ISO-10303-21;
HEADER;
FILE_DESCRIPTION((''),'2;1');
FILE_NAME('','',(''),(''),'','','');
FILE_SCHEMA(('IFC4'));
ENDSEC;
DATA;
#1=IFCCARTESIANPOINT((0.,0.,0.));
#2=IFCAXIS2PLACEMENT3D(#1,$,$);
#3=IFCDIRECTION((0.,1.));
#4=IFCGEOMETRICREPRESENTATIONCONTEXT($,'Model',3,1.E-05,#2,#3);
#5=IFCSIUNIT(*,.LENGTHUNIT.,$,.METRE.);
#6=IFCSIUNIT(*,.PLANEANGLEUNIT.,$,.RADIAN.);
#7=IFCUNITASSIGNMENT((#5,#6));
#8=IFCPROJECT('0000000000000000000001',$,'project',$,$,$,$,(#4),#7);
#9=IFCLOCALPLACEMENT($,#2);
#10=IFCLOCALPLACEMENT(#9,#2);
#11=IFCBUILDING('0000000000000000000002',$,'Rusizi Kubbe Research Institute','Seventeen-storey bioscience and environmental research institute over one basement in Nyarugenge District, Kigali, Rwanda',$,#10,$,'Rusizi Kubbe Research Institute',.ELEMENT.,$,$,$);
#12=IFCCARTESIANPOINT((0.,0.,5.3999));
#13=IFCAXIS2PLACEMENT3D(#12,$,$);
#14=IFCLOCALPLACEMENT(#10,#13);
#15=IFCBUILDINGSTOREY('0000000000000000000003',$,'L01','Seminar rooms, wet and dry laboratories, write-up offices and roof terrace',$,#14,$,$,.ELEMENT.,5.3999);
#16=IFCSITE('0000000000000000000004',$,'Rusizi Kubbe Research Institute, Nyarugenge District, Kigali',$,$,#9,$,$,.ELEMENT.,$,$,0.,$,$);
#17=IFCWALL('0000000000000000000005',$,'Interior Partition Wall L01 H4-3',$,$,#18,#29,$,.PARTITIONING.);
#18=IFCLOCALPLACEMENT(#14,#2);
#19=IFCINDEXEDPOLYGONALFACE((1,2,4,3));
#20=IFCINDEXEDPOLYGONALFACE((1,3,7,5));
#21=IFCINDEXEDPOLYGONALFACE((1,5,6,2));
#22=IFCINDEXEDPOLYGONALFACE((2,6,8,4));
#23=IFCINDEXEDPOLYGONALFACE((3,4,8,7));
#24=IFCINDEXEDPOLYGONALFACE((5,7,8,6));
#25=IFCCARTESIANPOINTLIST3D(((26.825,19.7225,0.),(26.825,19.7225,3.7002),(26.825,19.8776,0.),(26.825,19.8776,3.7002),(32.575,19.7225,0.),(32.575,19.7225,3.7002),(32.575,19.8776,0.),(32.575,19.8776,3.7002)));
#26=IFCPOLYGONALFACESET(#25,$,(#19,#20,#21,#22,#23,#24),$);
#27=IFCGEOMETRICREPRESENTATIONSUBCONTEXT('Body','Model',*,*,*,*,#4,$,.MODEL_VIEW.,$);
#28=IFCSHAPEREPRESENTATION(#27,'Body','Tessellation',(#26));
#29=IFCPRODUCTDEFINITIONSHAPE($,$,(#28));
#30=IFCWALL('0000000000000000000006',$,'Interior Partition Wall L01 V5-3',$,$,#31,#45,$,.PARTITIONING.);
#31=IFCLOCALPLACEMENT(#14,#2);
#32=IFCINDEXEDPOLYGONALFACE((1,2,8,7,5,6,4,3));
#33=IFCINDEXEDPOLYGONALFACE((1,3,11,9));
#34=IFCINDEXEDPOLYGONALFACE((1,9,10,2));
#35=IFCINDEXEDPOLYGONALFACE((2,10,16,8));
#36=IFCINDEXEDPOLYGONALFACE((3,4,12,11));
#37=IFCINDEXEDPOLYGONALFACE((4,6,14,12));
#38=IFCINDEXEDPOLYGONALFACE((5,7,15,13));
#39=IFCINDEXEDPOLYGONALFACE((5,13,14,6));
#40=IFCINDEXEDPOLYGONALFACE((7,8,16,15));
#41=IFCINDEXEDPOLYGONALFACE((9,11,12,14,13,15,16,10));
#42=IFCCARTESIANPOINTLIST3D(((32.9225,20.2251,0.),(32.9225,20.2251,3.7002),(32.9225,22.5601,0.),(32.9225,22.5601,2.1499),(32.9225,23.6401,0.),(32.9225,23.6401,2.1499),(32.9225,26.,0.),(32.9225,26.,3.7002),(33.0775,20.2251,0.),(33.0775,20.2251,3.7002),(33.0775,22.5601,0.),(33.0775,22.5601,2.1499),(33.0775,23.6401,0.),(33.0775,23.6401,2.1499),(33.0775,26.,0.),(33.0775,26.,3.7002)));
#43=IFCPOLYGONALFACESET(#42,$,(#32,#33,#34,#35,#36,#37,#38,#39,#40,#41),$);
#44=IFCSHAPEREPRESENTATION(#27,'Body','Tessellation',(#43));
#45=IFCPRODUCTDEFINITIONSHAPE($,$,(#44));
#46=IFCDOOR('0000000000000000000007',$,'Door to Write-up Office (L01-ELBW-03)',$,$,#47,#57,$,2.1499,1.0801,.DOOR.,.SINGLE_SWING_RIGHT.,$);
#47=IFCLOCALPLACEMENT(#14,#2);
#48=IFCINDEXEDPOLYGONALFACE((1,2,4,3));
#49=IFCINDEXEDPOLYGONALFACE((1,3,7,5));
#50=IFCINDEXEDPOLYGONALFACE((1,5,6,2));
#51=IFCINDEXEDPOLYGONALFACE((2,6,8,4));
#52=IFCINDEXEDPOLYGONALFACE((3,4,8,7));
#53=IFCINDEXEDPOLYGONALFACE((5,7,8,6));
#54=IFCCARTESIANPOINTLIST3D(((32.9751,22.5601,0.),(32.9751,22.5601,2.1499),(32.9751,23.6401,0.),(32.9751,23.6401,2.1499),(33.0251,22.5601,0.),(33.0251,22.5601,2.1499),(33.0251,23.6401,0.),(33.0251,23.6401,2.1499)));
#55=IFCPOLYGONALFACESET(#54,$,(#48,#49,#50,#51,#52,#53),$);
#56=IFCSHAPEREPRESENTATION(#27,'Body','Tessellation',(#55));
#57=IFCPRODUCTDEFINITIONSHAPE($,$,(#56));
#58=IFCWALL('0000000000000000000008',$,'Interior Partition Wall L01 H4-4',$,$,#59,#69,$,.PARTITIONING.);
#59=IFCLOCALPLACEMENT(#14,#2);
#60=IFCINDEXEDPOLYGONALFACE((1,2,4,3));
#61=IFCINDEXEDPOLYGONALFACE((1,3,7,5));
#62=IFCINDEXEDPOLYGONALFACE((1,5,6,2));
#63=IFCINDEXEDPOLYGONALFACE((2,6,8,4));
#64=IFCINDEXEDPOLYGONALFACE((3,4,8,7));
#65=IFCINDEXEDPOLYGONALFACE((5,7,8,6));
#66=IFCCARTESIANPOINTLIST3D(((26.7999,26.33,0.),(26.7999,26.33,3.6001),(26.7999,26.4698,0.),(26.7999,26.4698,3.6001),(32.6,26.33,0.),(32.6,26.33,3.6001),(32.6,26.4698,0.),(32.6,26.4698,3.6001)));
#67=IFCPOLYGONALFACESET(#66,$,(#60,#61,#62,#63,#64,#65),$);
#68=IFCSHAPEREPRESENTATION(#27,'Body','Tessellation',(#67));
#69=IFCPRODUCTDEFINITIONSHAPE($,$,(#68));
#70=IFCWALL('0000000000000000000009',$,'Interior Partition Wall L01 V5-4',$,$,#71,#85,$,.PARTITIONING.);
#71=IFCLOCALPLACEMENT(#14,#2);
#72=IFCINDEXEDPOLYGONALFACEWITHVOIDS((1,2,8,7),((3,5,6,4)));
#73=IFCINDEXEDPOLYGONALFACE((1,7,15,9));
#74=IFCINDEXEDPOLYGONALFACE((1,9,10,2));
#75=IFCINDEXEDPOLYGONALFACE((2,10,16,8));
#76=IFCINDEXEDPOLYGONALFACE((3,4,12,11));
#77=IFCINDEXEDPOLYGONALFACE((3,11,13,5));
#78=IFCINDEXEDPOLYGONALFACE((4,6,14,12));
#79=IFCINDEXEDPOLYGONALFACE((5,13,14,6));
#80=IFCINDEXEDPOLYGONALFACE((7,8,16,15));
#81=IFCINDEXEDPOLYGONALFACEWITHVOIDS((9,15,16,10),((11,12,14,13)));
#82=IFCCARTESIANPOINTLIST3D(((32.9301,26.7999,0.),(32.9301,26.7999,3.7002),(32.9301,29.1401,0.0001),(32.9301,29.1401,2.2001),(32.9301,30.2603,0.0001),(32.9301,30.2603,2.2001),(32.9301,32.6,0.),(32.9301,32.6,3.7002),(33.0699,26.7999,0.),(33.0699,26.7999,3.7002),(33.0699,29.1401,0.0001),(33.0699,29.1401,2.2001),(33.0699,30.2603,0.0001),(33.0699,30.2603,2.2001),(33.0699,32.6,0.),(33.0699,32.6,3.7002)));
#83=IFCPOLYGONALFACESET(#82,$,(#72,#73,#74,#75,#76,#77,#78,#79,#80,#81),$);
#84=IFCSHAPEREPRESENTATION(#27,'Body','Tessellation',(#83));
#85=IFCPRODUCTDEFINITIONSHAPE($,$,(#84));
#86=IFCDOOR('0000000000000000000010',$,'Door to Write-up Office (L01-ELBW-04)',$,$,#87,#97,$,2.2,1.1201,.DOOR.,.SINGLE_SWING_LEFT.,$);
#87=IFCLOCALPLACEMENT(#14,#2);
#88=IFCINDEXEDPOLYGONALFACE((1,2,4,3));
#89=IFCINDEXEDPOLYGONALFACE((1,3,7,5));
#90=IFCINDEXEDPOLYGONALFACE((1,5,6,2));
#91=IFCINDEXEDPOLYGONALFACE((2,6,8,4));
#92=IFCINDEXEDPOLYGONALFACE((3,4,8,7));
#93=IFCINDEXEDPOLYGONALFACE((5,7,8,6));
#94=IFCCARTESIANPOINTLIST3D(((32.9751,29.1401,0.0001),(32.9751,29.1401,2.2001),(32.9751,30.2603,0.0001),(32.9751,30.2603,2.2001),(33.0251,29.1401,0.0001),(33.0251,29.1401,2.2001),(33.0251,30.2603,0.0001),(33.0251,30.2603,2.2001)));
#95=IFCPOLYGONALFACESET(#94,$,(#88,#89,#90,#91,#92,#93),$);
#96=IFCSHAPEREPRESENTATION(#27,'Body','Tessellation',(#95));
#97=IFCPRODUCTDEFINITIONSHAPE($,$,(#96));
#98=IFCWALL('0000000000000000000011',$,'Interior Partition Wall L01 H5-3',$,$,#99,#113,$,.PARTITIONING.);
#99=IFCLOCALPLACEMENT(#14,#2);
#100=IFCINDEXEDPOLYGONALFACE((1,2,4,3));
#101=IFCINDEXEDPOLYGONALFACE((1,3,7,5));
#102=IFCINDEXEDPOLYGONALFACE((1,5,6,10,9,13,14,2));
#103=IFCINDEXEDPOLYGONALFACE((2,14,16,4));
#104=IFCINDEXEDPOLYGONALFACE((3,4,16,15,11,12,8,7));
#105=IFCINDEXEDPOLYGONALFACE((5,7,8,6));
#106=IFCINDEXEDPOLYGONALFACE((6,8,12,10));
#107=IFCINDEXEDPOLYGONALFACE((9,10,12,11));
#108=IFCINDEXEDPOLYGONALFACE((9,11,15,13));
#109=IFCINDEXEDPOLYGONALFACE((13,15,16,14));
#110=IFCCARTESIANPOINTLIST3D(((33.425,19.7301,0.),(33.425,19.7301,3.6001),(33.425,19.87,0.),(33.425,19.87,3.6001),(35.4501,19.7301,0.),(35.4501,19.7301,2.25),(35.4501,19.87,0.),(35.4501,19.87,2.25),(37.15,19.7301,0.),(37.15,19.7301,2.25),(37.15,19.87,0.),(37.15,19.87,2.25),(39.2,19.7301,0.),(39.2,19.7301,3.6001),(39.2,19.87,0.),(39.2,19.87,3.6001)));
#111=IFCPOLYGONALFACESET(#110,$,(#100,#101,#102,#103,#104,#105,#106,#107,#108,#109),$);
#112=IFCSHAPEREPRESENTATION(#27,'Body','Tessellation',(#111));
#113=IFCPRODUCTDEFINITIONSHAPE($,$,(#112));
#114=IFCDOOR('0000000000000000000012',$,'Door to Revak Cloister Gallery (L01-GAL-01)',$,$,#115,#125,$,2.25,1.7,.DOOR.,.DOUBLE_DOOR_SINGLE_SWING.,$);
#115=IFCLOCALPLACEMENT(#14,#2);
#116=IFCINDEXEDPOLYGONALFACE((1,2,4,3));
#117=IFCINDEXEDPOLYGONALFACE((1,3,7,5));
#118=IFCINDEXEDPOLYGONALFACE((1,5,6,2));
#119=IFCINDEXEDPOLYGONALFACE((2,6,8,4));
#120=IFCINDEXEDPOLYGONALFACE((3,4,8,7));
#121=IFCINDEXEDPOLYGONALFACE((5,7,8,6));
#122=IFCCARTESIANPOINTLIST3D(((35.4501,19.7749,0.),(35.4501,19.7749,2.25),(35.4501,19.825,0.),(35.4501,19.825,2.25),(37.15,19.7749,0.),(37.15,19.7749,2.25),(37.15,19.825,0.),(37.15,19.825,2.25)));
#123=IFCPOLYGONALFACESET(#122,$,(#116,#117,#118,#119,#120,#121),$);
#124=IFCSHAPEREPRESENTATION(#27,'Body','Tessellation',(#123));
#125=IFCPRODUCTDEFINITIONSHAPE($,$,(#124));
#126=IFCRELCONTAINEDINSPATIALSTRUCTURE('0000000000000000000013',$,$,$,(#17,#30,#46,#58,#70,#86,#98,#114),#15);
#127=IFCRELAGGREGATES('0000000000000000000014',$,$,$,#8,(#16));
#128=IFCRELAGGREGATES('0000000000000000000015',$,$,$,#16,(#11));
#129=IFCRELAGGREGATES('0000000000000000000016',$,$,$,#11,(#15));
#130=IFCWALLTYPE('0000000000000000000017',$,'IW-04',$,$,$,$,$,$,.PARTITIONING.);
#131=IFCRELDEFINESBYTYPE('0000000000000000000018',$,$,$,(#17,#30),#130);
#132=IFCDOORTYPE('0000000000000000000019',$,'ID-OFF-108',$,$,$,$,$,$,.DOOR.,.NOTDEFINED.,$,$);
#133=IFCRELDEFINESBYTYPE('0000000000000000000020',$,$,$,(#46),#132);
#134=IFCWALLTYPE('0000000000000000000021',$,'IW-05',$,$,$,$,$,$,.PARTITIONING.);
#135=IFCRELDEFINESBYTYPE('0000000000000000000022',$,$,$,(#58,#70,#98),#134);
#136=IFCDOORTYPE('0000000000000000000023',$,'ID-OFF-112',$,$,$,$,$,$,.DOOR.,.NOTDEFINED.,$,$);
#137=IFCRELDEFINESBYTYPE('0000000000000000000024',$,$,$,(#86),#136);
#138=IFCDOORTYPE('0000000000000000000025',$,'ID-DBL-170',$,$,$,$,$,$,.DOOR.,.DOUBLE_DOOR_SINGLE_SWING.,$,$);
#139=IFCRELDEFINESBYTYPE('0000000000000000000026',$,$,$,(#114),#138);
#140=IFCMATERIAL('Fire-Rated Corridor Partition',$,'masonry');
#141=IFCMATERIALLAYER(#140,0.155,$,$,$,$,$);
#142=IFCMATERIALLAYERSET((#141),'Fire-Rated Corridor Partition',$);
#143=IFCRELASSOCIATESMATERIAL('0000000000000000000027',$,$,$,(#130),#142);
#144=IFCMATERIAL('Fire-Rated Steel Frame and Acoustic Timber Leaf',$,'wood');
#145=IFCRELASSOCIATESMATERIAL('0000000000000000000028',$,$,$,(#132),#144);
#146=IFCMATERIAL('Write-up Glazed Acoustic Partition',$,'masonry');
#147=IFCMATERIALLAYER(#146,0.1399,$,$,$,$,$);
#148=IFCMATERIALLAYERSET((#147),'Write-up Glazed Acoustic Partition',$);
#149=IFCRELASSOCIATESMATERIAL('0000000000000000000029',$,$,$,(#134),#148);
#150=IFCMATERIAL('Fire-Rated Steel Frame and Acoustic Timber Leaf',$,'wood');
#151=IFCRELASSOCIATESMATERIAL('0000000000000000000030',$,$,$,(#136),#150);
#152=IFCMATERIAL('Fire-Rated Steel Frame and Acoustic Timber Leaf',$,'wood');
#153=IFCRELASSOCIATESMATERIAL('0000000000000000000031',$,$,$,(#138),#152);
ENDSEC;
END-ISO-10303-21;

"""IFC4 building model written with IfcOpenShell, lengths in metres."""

from ifc_helpers import new_model, si_unit, direction, frame, frame_2d, origin, place, context, subcontext, project, spatial, rectangle, extrude, material, layer, layer_set, type_object, element, fill, save


model = new_model("IFC4")

# Units and contexts
model_context = context("Model", 3, precision=1e-05, world=origin(), true_north=direction((0.0, 1.0)))
body_context = subcontext(model_context, "Body", "Model", "MODEL_VIEW")
ifc_project = project(units=[si_unit("LENGTHUNIT", "METRE"), si_unit("PLANEANGLEUNIT", "RADIAN")], contexts=[model_context])

# Site, building, storey
site_placement = place(None, origin())
site = spatial("IfcSite", under=ifc_project, at=site_placement, Name="Rusizi Kubbe Research Institute, Nyarugenge District, Kigali", CompositionType="ELEMENT", RefElevation=0.0)
building_placement = place(site_placement, origin())
building = spatial("IfcBuilding", under=site, at=building_placement, Name="Rusizi Kubbe Research Institute", Description="Seventeen-storey bioscience and environmental research institute over one basement in Nyarugenge District, Kigali, Rwanda", LongName="Rusizi Kubbe Research Institute", CompositionType="ELEMENT")
storey_placement = place(building_placement, frame((0.0, 0.0, 5.3999)))
storey = spatial("IfcBuildingStorey", under=building, at=storey_placement, Name="L01", Description="Seminar rooms, wet and dry laboratories, write-up offices and roof terrace", CompositionType="ELEMENT", Elevation=5.3999)

# Wall
ifc_material_1 = material(Name="Fire-Rated Corridor Partition", Category="masonry")
ifc_layer_1 = layer(ifc_material_1, 0.155)
ifc_layer_set_1 = layer_set([ifc_layer_1], Name="Fire-Rated Corridor Partition")
wall_type_1 = type_object("IfcWallType", Name="IW-04", PredefinedType="PARTITIONING", material=ifc_layer_set_1)
wall_1_placement = place(storey_placement, frame((26.825, 19.8, 0.0), z_axis=(0.0, 0.0, 1.0), x_axis=(1.0, 0.0, 0.0)))
element("IfcWall", 1, at=wall_1_placement, inside=storey, type_object=wall_type_1, Name="Interior Partition Wall L01 H4-3", PredefinedType="PARTITIONING", context=body_context, shape_type="SweptSolid", body=[
    extrude(rectangle(XDim=5.75, YDim=0.155, at=frame_2d((2.875, 0.0))), origin(), (0.0, 0.0, 1.0), 3.7002),
])

# Wall, opening, door
wall_2_placement = place(storey_placement, frame((33.0, 20.2251, 0.0), z_axis=(0.0, 0.0, 1.0), x_axis=(0.0, 1.0, 0.0)))
wall_2 = element("IfcWall", 2, at=wall_2_placement, inside=storey, type_object=wall_type_1, Name="Interior Partition Wall L01 V5-3", PredefinedType="PARTITIONING", context=body_context, shape_type="SweptSolid", body=[
    extrude(rectangle(XDim=5.7749, YDim=0.155, at=frame_2d((2.8875, 0.0))), origin(), (0.0, 0.0, 1.0), 3.7002),
])
opening_1_placement = place(wall_2_placement, frame((2.335, 0.0, 0.0)))
opening_1 = element("IfcOpeningElement", 3, at=opening_1_placement, cuts=wall_2, PredefinedType="OPENING", context=body_context, shape_type="SweptSolid", body=[
    extrude(rectangle(XDim=1.0801, YDim=2.1499, at=frame_2d((0.54, 1.075))), frame((0.0, 0.0874, 0.0), z_axis=(0.0, -1.0, 0.0), x_axis=(1.0, 0.0, 0.0)), (0.0, 0.0, 1.0), 0.175),
])
ifc_material_2 = material(Name="Fire-Rated Steel Frame and Acoustic Timber Leaf", Category="wood")
door_type_1 = type_object("IfcDoorType", Name="ID-OFF-108", OperationType="NOTDEFINED", PredefinedType="DOOR", material=ifc_material_2)
door_1_placement = place(opening_1_placement, origin())
door_1 = element("IfcDoor", 4, at=door_1_placement, inside=storey, type_object=door_type_1, Name="Door to Write-up Office (L01-ELBW-03)", OperationType="SINGLE_SWING_RIGHT", OverallHeight=2.1499, OverallWidth=1.0801, PredefinedType="DOOR", context=body_context, shape_type="SweptSolid", body=[
    extrude(rectangle(XDim=1.0801, YDim=2.1499, at=frame_2d((0.54, 1.075))), frame((0.0, 0.0249, 0.0), z_axis=(0.0, -1.0, 0.0), x_axis=(1.0, 0.0, 0.0)), (0.0, 0.0, 1.0), 0.05),
])
fill(opening_1, door_1)

# Wall
ifc_material_3 = material(Name="Write-up Glazed Acoustic Partition", Category="masonry")
ifc_layer_2 = layer(ifc_material_3, 0.1399)
ifc_layer_set_2 = layer_set([ifc_layer_2], Name="Write-up Glazed Acoustic Partition")
wall_type_2 = type_object("IfcWallType", Name="IW-05", PredefinedType="PARTITIONING", material=ifc_layer_set_2)
wall_3_placement = place(storey_placement, frame((26.8, 26.3999, 0.0), z_axis=(0.0, 0.0, 1.0), x_axis=(1.0, 0.0, 0.0)))
element("IfcWall", 5, at=wall_3_placement, inside=storey, type_object=wall_type_2, Name="Interior Partition Wall L01 H4-4", PredefinedType="PARTITIONING", context=body_context, shape_type="SweptSolid", body=[
    extrude(rectangle(XDim=5.8, YDim=0.1399, at=frame_2d((2.8999, 0.0))), origin(), (0.0, 0.0, 1.0), 3.6001),
])

# Walls, openings, doors
wall_4_placement = place(storey_placement, frame((33.0, 26.8, 0.0), z_axis=(0.0, 0.0, 1.0), x_axis=(0.0, 1.0, 0.0)))
wall_4 = element("IfcWall", 6, at=wall_4_placement, inside=storey, type_object=wall_type_2, Name="Interior Partition Wall L01 V5-4", PredefinedType="PARTITIONING", context=body_context, shape_type="SweptSolid", body=[
    extrude(rectangle(XDim=5.8, YDim=0.1399, at=frame_2d((2.8999, 0.0))), origin(), (0.0, 0.0, 1.0), 3.7002),
])
opening_2_placement = place(wall_4_placement, frame((2.3401, 0.0, 0.0)))
opening_2 = element("IfcOpeningElement", 7, at=opening_2_placement, cuts=wall_4, PredefinedType="OPENING", context=body_context, shape_type="SweptSolid", body=[
    extrude(rectangle(XDim=1.1201, YDim=2.2, at=frame_2d((0.5601, 1.1001))), frame((0.0, 0.0798, 0.0), z_axis=(0.0, -1.0, 0.0), x_axis=(1.0, 0.0, 0.0)), (0.0, 0.0, 1.0), 0.1599),
])
ifc_material_4 = material(Name="Fire-Rated Steel Frame and Acoustic Timber Leaf", Category="wood")
door_type_2 = type_object("IfcDoorType", Name="ID-OFF-112", OperationType="NOTDEFINED", PredefinedType="DOOR", material=ifc_material_4)
door_2_placement = place(opening_2_placement, origin())
door_2 = element("IfcDoor", 8, at=door_2_placement, inside=storey, type_object=door_type_2, Name="Door to Write-up Office (L01-ELBW-04)", OperationType="SINGLE_SWING_LEFT", OverallHeight=2.2, OverallWidth=1.1201, PredefinedType="DOOR", context=body_context, shape_type="SweptSolid", body=[
    extrude(rectangle(XDim=1.1201, YDim=2.2, at=frame_2d((0.5601, 1.1001))), frame((0.0, 0.0249, 0.0), z_axis=(0.0, -1.0, 0.0), x_axis=(1.0, 0.0, 0.0)), (0.0, 0.0, 1.0), 0.05),
])
fill(opening_2, door_2)
wall_5_placement = place(storey_placement, frame((33.425, 19.8, 0.0), z_axis=(0.0, 0.0, 1.0), x_axis=(1.0, 0.0, 0.0)))
wall_5 = element("IfcWall", 9, at=wall_5_placement, inside=storey, type_object=wall_type_2, Name="Interior Partition Wall L01 H5-3", PredefinedType="PARTITIONING", context=body_context, shape_type="SweptSolid", body=[
    extrude(rectangle(XDim=5.7749, YDim=0.1399, at=frame_2d((2.8875, 0.0))), origin(), (0.0, 0.0, 1.0), 3.6001),
])
opening_3_placement = place(wall_5_placement, frame((2.0249, 0.0, 0.0)))
opening_3 = element("IfcOpeningElement", 10, at=opening_3_placement, cuts=wall_5, PredefinedType="OPENING", context=body_context, shape_type="SweptSolid", body=[
    extrude(rectangle(XDim=1.7, YDim=2.25, at=frame_2d((0.8501, 1.125))), frame((0.0, 0.0798, 0.0), z_axis=(0.0, -1.0, 0.0), x_axis=(1.0, 0.0, 0.0)), (0.0, 0.0, 1.0), 0.1599),
])
ifc_material_5 = material(Name="Fire-Rated Steel Frame and Acoustic Timber Leaf", Category="wood")
door_type_3 = type_object("IfcDoorType", Name="ID-DBL-170", OperationType="DOUBLE_DOOR_SINGLE_SWING", PredefinedType="DOOR", material=ifc_material_5)
door_3_placement = place(opening_3_placement, origin())
door_3 = element("IfcDoor", 11, at=door_3_placement, inside=storey, type_object=door_type_3, Name="Door to Revak Cloister Gallery (L01-GAL-01)", OperationType="DOUBLE_DOOR_SINGLE_SWING", OverallHeight=2.25, OverallWidth=1.7, PredefinedType="DOOR", context=body_context, shape_type="SweptSolid", body=[
    extrude(rectangle(XDim=1.7, YDim=2.25, at=frame_2d((0.8501, 1.125))), frame((0.0, 0.0249, 0.0), z_axis=(0.0, -1.0, 0.0), x_axis=(1.0, 0.0, 0.0)), (0.0, 0.0, 1.0), 0.05),
])
fill(opening_3, door_3)

save(model, "model.ifc")
